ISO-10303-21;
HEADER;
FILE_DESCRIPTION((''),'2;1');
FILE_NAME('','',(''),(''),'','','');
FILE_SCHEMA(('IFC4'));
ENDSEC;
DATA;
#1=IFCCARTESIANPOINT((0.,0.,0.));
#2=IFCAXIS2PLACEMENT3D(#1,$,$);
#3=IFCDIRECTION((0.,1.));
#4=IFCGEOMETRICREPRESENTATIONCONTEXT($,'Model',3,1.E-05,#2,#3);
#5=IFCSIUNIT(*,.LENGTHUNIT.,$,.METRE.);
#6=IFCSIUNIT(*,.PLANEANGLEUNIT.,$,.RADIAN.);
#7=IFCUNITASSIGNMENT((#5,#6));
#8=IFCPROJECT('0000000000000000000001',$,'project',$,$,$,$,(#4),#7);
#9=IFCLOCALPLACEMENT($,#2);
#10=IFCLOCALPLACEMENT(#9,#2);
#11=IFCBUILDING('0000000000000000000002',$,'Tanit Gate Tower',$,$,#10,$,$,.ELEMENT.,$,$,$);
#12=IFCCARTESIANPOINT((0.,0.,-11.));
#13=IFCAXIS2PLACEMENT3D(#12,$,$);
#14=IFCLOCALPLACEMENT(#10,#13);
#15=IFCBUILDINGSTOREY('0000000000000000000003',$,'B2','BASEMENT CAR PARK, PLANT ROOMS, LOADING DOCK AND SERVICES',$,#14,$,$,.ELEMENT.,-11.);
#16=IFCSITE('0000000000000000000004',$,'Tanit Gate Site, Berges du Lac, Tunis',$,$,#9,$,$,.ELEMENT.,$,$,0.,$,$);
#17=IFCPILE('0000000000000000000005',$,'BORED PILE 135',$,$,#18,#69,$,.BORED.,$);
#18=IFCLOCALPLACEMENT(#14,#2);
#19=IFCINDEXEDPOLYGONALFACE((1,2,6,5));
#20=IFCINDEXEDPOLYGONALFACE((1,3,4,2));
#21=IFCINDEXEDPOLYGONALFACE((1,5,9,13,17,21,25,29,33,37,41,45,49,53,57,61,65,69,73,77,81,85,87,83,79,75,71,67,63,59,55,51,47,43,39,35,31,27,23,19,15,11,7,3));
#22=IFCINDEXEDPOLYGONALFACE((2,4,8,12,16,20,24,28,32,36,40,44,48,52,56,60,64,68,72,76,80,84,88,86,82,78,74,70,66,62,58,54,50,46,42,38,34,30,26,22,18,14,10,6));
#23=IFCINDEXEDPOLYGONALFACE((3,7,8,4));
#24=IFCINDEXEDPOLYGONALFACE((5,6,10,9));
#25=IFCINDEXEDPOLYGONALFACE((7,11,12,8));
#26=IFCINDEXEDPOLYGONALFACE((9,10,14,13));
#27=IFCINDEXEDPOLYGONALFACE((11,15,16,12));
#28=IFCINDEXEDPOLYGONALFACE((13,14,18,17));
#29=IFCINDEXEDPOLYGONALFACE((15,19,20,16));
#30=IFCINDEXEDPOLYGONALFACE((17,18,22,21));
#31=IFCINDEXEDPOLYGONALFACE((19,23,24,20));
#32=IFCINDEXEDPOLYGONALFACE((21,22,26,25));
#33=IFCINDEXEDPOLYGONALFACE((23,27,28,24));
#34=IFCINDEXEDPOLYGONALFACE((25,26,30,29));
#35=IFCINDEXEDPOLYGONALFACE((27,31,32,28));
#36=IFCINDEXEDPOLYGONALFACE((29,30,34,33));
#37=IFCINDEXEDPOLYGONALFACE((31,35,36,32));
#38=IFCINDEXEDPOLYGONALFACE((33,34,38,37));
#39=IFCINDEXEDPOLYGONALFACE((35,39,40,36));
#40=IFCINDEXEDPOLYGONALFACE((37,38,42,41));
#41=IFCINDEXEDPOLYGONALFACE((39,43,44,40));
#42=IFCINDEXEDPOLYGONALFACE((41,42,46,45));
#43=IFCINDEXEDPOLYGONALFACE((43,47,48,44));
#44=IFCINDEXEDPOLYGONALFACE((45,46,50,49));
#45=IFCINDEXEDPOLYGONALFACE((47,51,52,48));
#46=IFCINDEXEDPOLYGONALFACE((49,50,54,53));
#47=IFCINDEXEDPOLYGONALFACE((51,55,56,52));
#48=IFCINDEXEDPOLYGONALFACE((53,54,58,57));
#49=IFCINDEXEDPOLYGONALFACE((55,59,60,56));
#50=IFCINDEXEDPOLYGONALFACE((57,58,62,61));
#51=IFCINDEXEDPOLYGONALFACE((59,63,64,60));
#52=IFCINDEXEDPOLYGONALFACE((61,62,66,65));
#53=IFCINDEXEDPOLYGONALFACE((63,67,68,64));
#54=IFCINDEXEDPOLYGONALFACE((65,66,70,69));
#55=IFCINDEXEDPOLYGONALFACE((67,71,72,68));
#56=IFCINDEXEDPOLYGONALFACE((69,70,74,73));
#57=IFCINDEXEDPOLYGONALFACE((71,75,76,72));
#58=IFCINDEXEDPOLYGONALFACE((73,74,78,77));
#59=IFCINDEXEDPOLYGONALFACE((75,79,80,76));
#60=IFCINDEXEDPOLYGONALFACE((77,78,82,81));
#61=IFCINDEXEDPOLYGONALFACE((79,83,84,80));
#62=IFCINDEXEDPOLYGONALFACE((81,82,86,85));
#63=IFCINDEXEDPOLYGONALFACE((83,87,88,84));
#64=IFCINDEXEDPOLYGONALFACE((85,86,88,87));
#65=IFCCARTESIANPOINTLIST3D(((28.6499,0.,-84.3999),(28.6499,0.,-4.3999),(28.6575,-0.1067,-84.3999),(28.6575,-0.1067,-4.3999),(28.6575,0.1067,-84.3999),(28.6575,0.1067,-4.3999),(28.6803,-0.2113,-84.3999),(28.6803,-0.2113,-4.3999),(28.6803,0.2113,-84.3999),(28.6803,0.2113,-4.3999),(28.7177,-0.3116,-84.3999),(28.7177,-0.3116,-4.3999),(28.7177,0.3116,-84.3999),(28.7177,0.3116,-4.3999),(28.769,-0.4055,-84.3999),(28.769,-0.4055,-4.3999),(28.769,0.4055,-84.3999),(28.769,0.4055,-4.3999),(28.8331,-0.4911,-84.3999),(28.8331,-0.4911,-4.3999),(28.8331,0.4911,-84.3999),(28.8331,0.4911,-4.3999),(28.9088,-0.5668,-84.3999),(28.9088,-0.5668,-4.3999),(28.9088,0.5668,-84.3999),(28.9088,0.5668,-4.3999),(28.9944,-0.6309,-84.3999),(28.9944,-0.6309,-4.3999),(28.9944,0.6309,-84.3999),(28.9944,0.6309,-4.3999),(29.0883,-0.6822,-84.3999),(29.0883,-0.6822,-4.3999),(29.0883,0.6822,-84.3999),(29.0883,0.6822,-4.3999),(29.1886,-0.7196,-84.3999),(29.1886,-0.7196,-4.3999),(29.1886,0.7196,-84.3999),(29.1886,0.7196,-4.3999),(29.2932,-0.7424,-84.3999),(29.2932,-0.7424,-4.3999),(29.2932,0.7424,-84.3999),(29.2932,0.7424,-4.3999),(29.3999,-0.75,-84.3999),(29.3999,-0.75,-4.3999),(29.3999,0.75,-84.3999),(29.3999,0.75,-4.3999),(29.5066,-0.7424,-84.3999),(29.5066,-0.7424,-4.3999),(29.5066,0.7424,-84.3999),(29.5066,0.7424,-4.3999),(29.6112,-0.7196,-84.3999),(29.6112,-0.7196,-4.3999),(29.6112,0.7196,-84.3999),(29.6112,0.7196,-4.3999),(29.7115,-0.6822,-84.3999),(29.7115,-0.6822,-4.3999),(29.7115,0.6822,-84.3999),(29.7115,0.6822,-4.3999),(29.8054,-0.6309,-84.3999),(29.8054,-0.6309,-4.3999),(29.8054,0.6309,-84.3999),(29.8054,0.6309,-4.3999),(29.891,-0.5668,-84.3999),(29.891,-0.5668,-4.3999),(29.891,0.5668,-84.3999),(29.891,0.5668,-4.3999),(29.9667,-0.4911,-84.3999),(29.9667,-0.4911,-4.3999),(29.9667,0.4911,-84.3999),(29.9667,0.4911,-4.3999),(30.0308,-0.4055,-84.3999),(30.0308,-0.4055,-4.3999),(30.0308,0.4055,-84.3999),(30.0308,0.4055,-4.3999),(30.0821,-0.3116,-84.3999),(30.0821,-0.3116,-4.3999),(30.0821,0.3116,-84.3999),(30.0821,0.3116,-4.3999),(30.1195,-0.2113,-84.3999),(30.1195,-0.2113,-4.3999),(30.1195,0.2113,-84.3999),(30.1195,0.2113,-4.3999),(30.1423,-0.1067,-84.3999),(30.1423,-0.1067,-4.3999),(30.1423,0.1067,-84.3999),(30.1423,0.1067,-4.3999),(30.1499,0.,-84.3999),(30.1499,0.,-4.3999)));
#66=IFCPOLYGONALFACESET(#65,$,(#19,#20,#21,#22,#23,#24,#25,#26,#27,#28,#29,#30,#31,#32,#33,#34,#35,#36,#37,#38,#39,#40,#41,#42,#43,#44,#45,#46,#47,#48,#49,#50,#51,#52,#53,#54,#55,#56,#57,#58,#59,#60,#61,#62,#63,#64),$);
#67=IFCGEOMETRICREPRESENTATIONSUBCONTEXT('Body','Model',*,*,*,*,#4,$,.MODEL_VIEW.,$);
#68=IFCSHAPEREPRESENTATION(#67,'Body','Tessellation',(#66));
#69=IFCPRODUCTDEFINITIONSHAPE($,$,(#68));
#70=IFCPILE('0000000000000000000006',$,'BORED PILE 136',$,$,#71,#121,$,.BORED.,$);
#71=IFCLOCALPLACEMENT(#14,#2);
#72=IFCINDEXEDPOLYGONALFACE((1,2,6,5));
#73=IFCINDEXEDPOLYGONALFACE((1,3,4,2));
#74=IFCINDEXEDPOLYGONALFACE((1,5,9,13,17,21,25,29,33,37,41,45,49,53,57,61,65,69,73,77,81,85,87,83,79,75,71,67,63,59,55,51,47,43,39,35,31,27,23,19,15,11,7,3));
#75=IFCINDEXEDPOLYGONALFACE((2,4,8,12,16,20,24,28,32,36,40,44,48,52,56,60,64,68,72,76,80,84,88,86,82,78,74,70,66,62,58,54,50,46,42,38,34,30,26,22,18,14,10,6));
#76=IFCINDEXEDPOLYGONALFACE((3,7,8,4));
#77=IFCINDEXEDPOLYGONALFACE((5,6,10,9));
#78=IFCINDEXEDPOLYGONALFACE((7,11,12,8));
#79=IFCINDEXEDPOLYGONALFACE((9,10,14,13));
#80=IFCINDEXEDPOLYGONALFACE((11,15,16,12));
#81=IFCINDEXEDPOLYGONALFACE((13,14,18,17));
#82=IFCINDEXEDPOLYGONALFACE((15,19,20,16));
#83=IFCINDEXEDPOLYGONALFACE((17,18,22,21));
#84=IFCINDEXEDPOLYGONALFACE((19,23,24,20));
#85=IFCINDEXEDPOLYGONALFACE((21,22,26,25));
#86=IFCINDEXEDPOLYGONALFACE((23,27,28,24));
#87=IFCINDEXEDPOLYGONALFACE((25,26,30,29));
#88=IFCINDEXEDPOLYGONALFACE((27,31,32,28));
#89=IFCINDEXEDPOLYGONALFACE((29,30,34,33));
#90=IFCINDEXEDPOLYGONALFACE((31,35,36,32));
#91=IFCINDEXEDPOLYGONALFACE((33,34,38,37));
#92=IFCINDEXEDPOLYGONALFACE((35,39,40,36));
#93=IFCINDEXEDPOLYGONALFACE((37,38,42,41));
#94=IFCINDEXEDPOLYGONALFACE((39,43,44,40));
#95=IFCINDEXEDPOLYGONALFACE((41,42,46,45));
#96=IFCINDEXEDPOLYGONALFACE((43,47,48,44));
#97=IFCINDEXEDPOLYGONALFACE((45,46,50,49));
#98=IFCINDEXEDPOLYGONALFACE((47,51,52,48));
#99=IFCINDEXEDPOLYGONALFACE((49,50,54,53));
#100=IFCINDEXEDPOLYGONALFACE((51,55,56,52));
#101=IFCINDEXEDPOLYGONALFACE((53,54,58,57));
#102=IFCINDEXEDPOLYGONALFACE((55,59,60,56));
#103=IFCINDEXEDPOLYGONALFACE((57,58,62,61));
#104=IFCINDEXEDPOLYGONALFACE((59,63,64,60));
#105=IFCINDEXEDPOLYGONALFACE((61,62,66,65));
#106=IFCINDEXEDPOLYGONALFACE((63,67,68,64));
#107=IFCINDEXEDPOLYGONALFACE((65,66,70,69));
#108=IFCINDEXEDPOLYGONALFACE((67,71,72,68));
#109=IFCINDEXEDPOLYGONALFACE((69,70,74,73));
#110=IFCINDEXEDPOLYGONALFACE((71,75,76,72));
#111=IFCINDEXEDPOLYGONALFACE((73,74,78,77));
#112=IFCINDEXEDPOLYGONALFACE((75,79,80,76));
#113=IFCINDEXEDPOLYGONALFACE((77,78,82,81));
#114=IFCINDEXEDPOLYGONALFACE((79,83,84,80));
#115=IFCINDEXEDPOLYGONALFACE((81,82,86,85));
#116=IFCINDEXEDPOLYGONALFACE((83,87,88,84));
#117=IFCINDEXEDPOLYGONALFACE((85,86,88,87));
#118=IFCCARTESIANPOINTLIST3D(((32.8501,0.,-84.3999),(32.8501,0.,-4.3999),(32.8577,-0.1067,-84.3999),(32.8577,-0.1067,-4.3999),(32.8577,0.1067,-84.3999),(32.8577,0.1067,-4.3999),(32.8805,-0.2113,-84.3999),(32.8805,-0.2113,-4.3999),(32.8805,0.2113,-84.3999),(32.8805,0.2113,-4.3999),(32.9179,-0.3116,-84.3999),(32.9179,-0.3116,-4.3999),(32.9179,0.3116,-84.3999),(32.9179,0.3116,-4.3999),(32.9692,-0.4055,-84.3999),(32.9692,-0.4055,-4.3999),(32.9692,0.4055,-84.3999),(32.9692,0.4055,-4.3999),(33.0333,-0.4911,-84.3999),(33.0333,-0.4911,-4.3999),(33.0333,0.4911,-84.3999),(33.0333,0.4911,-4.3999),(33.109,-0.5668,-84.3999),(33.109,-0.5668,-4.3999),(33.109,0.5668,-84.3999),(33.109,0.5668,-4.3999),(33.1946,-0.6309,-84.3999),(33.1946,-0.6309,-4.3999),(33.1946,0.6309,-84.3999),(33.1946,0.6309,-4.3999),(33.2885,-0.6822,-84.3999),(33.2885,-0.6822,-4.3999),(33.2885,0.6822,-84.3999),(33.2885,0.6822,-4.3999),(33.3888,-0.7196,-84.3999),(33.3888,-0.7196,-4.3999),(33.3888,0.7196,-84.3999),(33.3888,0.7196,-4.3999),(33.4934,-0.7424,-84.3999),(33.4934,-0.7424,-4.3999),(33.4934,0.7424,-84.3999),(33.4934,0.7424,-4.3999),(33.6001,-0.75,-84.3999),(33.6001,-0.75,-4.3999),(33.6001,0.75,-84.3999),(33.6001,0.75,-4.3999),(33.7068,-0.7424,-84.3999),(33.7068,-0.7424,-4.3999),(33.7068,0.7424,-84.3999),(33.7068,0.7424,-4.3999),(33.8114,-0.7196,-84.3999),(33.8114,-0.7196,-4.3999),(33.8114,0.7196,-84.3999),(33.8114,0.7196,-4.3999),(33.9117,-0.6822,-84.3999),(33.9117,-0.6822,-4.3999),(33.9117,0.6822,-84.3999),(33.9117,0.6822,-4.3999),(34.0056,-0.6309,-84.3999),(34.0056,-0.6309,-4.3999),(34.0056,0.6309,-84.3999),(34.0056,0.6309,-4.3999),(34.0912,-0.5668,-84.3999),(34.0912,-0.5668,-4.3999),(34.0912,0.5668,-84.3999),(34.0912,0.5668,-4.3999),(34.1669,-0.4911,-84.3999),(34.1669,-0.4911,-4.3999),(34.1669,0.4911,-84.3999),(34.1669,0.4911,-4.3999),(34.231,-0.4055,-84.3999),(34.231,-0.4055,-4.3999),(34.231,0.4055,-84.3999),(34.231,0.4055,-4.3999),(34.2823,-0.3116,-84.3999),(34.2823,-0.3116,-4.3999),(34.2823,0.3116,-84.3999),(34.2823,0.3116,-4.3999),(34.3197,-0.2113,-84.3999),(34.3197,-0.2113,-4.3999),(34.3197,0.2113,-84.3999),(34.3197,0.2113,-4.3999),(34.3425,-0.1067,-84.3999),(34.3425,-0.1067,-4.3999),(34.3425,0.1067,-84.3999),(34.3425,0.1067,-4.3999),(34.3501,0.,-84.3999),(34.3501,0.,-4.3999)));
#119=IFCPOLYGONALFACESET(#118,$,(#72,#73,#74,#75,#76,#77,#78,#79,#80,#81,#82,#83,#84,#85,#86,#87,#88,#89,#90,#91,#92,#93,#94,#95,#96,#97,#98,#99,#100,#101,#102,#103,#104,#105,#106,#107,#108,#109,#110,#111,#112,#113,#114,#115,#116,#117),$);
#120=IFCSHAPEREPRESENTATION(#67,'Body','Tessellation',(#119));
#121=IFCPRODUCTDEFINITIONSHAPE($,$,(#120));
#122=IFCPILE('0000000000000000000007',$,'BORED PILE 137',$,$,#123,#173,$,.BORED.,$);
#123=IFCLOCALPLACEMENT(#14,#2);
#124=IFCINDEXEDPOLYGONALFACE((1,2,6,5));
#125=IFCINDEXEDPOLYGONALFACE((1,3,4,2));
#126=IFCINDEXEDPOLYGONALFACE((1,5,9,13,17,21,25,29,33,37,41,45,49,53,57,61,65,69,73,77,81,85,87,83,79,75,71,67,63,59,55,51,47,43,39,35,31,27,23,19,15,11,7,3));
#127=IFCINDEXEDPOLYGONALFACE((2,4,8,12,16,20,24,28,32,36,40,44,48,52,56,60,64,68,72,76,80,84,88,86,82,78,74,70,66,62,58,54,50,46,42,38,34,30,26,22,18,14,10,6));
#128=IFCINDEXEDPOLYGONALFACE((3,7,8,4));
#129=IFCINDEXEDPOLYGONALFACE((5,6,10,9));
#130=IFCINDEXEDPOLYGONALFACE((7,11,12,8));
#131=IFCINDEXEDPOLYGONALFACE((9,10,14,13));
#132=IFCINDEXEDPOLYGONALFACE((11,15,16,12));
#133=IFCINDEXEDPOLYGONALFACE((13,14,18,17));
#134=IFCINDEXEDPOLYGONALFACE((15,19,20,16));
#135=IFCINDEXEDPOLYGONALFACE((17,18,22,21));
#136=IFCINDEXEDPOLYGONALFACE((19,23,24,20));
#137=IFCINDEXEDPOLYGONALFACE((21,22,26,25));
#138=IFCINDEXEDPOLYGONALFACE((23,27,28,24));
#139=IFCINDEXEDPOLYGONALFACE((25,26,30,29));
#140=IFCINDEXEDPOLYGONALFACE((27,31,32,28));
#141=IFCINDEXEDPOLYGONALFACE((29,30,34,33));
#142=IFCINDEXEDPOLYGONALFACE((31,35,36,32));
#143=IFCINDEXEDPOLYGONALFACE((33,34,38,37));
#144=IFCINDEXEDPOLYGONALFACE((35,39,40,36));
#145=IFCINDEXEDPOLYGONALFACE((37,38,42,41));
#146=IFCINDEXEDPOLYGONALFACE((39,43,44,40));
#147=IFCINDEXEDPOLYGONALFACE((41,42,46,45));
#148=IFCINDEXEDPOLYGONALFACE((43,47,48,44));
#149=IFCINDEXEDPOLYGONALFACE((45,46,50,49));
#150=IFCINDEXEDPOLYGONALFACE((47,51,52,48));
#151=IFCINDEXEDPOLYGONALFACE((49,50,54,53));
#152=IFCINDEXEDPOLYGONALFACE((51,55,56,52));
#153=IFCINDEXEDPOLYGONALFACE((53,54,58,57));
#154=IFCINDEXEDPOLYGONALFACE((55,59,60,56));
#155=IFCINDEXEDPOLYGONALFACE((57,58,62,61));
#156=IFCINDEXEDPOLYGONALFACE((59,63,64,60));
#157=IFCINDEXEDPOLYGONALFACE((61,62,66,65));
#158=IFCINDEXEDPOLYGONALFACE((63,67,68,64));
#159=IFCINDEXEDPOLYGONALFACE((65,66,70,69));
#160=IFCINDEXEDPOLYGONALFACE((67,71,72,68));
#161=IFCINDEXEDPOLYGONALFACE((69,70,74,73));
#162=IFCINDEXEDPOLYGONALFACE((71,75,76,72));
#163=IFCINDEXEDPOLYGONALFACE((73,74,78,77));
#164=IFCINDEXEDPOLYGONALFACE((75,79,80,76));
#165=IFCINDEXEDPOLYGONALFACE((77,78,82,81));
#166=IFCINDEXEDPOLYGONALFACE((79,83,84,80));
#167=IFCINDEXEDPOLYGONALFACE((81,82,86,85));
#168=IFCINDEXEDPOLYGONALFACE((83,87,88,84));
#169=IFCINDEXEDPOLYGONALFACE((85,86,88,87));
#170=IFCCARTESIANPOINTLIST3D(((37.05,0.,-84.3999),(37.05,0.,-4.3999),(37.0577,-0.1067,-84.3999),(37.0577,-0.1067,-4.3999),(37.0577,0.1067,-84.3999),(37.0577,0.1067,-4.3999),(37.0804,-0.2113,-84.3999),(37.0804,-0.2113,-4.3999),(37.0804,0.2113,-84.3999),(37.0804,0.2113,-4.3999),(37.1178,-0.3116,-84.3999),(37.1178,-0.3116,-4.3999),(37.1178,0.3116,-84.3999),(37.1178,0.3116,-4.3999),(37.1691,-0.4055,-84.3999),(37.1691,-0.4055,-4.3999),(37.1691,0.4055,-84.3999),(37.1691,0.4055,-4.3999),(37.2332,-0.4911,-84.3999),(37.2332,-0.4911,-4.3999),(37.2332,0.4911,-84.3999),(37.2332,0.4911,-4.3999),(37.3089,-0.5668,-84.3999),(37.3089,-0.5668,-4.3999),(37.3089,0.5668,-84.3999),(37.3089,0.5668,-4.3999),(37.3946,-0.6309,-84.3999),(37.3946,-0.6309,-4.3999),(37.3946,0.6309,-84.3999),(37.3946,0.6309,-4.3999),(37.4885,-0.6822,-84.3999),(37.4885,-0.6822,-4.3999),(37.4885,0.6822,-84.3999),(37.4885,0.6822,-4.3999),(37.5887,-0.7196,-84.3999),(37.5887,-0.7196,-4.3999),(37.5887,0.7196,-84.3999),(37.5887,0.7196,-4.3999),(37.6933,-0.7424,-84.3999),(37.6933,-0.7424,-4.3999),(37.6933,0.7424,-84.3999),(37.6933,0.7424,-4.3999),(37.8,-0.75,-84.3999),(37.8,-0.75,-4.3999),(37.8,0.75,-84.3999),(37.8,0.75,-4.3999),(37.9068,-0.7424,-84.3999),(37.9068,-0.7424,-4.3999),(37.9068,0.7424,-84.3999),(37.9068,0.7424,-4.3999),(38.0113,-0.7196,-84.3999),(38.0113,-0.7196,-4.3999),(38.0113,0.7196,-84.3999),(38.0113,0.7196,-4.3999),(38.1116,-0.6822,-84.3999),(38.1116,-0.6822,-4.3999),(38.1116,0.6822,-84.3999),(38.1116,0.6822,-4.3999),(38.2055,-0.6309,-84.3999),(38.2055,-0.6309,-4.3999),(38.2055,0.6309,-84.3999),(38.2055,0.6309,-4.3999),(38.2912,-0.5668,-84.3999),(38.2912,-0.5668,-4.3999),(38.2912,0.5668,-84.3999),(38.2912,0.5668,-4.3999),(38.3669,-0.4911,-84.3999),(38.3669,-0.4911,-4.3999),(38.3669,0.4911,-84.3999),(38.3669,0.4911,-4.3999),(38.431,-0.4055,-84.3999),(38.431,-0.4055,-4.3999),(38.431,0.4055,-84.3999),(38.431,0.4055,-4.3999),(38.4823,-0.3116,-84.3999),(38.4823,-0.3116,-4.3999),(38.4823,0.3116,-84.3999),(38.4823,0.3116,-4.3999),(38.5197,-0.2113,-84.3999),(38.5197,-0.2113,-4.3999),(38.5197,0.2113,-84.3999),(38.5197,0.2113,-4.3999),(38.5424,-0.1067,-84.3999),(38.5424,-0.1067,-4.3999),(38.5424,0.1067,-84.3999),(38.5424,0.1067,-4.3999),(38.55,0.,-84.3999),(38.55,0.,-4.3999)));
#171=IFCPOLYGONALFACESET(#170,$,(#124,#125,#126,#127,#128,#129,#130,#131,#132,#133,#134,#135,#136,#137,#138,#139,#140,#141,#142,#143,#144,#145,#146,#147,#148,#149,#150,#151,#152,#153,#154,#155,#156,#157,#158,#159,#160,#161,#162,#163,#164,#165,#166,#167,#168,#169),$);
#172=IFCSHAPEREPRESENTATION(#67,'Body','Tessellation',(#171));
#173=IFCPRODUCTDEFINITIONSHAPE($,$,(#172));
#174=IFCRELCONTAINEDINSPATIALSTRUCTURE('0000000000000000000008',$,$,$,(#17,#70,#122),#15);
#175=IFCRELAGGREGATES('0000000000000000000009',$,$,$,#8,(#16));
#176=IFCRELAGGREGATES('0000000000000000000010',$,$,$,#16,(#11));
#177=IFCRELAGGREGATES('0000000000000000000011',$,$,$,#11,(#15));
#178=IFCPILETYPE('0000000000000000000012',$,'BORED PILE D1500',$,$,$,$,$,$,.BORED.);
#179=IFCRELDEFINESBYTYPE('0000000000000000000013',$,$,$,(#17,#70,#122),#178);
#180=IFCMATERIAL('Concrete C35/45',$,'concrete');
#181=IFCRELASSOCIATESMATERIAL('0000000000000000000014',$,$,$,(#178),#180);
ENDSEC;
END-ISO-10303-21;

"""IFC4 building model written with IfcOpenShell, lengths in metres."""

from ifc_helpers import new_model, si_unit, direction, frame, origin, origin_2d, place, context, subcontext, project, spatial, circle, extrude, material, material_profile, profile_set, type_object, element, save


model = new_model("IFC4")

# Units and contexts
model_context = context("Model", 3, precision=1e-05, world=origin(), true_north=direction((0.0, 1.0)))
body_context = subcontext(model_context, "Body", "Model", "MODEL_VIEW")
ifc_project = project(units=[si_unit("LENGTHUNIT", "METRE"), si_unit("PLANEANGLEUNIT", "RADIAN")], contexts=[model_context])

# Site, building, storey
site_placement = place(None, origin())
site = spatial("IfcSite", under=ifc_project, at=site_placement, Name="Tanit Gate Site, Berges du Lac, Tunis", CompositionType="ELEMENT", RefElevation=0.0)
building_placement = place(site_placement, origin())
building = spatial("IfcBuilding", under=site, at=building_placement, Name="Tanit Gate Tower", CompositionType="ELEMENT")
storey_placement = place(building_placement, frame((0.0, 0.0, -11.0)))
storey = spatial("IfcBuildingStorey", under=building, at=storey_placement, Name="B2", Description="BASEMENT CAR PARK, PLANT ROOMS, LOADING DOCK AND SERVICES", CompositionType="ELEMENT", Elevation=-11.0)

# Piles
ifc_material_1 = material(Name="Concrete C35/45", Category="concrete")
ifc_material_profile_1 = material_profile(ifc_material_1, circle(Radius=0.75, at=origin_2d()), Name="BORED PILE D1500 C35/45")
ifc_profile_set_1 = profile_set([ifc_material_profile_1], Name="Concrete C35/45")
pile_type = type_object("IfcPileType", Name="BORED PILE D1500", PredefinedType="BORED", material=ifc_profile_set_1)
for number, where, z_axis, x_axis, name in (
    (1, (29.3999, 0.0, -4.3999), (0.0, 0.0, -1.0), (1.0, 0.0, 0.0), "BORED PILE 135"),
    (2, (33.6001, 0.0, -4.3999), (0.0, 0.0, -1.0), (1.0, 0.0, 0.0), "BORED PILE 136"),
    (3, (37.8, 0.0, -4.3999), (0.0, 0.0, -1.0), (1.0, 0.0, 0.0), "BORED PILE 137"),
):
    element("IfcPile", number, at=place(storey_placement, frame(where, z_axis=z_axis, x_axis=x_axis)), inside=storey, type_object=pile_type, Name=name, PredefinedType="BORED", context=body_context, shape_type="SweptSolid", body=[
        extrude(circle(Radius=0.75, at=origin_2d()), origin(), (0.0, 0.0, 1.0), 80.0),
    ])

save(model, "model.ifc")
